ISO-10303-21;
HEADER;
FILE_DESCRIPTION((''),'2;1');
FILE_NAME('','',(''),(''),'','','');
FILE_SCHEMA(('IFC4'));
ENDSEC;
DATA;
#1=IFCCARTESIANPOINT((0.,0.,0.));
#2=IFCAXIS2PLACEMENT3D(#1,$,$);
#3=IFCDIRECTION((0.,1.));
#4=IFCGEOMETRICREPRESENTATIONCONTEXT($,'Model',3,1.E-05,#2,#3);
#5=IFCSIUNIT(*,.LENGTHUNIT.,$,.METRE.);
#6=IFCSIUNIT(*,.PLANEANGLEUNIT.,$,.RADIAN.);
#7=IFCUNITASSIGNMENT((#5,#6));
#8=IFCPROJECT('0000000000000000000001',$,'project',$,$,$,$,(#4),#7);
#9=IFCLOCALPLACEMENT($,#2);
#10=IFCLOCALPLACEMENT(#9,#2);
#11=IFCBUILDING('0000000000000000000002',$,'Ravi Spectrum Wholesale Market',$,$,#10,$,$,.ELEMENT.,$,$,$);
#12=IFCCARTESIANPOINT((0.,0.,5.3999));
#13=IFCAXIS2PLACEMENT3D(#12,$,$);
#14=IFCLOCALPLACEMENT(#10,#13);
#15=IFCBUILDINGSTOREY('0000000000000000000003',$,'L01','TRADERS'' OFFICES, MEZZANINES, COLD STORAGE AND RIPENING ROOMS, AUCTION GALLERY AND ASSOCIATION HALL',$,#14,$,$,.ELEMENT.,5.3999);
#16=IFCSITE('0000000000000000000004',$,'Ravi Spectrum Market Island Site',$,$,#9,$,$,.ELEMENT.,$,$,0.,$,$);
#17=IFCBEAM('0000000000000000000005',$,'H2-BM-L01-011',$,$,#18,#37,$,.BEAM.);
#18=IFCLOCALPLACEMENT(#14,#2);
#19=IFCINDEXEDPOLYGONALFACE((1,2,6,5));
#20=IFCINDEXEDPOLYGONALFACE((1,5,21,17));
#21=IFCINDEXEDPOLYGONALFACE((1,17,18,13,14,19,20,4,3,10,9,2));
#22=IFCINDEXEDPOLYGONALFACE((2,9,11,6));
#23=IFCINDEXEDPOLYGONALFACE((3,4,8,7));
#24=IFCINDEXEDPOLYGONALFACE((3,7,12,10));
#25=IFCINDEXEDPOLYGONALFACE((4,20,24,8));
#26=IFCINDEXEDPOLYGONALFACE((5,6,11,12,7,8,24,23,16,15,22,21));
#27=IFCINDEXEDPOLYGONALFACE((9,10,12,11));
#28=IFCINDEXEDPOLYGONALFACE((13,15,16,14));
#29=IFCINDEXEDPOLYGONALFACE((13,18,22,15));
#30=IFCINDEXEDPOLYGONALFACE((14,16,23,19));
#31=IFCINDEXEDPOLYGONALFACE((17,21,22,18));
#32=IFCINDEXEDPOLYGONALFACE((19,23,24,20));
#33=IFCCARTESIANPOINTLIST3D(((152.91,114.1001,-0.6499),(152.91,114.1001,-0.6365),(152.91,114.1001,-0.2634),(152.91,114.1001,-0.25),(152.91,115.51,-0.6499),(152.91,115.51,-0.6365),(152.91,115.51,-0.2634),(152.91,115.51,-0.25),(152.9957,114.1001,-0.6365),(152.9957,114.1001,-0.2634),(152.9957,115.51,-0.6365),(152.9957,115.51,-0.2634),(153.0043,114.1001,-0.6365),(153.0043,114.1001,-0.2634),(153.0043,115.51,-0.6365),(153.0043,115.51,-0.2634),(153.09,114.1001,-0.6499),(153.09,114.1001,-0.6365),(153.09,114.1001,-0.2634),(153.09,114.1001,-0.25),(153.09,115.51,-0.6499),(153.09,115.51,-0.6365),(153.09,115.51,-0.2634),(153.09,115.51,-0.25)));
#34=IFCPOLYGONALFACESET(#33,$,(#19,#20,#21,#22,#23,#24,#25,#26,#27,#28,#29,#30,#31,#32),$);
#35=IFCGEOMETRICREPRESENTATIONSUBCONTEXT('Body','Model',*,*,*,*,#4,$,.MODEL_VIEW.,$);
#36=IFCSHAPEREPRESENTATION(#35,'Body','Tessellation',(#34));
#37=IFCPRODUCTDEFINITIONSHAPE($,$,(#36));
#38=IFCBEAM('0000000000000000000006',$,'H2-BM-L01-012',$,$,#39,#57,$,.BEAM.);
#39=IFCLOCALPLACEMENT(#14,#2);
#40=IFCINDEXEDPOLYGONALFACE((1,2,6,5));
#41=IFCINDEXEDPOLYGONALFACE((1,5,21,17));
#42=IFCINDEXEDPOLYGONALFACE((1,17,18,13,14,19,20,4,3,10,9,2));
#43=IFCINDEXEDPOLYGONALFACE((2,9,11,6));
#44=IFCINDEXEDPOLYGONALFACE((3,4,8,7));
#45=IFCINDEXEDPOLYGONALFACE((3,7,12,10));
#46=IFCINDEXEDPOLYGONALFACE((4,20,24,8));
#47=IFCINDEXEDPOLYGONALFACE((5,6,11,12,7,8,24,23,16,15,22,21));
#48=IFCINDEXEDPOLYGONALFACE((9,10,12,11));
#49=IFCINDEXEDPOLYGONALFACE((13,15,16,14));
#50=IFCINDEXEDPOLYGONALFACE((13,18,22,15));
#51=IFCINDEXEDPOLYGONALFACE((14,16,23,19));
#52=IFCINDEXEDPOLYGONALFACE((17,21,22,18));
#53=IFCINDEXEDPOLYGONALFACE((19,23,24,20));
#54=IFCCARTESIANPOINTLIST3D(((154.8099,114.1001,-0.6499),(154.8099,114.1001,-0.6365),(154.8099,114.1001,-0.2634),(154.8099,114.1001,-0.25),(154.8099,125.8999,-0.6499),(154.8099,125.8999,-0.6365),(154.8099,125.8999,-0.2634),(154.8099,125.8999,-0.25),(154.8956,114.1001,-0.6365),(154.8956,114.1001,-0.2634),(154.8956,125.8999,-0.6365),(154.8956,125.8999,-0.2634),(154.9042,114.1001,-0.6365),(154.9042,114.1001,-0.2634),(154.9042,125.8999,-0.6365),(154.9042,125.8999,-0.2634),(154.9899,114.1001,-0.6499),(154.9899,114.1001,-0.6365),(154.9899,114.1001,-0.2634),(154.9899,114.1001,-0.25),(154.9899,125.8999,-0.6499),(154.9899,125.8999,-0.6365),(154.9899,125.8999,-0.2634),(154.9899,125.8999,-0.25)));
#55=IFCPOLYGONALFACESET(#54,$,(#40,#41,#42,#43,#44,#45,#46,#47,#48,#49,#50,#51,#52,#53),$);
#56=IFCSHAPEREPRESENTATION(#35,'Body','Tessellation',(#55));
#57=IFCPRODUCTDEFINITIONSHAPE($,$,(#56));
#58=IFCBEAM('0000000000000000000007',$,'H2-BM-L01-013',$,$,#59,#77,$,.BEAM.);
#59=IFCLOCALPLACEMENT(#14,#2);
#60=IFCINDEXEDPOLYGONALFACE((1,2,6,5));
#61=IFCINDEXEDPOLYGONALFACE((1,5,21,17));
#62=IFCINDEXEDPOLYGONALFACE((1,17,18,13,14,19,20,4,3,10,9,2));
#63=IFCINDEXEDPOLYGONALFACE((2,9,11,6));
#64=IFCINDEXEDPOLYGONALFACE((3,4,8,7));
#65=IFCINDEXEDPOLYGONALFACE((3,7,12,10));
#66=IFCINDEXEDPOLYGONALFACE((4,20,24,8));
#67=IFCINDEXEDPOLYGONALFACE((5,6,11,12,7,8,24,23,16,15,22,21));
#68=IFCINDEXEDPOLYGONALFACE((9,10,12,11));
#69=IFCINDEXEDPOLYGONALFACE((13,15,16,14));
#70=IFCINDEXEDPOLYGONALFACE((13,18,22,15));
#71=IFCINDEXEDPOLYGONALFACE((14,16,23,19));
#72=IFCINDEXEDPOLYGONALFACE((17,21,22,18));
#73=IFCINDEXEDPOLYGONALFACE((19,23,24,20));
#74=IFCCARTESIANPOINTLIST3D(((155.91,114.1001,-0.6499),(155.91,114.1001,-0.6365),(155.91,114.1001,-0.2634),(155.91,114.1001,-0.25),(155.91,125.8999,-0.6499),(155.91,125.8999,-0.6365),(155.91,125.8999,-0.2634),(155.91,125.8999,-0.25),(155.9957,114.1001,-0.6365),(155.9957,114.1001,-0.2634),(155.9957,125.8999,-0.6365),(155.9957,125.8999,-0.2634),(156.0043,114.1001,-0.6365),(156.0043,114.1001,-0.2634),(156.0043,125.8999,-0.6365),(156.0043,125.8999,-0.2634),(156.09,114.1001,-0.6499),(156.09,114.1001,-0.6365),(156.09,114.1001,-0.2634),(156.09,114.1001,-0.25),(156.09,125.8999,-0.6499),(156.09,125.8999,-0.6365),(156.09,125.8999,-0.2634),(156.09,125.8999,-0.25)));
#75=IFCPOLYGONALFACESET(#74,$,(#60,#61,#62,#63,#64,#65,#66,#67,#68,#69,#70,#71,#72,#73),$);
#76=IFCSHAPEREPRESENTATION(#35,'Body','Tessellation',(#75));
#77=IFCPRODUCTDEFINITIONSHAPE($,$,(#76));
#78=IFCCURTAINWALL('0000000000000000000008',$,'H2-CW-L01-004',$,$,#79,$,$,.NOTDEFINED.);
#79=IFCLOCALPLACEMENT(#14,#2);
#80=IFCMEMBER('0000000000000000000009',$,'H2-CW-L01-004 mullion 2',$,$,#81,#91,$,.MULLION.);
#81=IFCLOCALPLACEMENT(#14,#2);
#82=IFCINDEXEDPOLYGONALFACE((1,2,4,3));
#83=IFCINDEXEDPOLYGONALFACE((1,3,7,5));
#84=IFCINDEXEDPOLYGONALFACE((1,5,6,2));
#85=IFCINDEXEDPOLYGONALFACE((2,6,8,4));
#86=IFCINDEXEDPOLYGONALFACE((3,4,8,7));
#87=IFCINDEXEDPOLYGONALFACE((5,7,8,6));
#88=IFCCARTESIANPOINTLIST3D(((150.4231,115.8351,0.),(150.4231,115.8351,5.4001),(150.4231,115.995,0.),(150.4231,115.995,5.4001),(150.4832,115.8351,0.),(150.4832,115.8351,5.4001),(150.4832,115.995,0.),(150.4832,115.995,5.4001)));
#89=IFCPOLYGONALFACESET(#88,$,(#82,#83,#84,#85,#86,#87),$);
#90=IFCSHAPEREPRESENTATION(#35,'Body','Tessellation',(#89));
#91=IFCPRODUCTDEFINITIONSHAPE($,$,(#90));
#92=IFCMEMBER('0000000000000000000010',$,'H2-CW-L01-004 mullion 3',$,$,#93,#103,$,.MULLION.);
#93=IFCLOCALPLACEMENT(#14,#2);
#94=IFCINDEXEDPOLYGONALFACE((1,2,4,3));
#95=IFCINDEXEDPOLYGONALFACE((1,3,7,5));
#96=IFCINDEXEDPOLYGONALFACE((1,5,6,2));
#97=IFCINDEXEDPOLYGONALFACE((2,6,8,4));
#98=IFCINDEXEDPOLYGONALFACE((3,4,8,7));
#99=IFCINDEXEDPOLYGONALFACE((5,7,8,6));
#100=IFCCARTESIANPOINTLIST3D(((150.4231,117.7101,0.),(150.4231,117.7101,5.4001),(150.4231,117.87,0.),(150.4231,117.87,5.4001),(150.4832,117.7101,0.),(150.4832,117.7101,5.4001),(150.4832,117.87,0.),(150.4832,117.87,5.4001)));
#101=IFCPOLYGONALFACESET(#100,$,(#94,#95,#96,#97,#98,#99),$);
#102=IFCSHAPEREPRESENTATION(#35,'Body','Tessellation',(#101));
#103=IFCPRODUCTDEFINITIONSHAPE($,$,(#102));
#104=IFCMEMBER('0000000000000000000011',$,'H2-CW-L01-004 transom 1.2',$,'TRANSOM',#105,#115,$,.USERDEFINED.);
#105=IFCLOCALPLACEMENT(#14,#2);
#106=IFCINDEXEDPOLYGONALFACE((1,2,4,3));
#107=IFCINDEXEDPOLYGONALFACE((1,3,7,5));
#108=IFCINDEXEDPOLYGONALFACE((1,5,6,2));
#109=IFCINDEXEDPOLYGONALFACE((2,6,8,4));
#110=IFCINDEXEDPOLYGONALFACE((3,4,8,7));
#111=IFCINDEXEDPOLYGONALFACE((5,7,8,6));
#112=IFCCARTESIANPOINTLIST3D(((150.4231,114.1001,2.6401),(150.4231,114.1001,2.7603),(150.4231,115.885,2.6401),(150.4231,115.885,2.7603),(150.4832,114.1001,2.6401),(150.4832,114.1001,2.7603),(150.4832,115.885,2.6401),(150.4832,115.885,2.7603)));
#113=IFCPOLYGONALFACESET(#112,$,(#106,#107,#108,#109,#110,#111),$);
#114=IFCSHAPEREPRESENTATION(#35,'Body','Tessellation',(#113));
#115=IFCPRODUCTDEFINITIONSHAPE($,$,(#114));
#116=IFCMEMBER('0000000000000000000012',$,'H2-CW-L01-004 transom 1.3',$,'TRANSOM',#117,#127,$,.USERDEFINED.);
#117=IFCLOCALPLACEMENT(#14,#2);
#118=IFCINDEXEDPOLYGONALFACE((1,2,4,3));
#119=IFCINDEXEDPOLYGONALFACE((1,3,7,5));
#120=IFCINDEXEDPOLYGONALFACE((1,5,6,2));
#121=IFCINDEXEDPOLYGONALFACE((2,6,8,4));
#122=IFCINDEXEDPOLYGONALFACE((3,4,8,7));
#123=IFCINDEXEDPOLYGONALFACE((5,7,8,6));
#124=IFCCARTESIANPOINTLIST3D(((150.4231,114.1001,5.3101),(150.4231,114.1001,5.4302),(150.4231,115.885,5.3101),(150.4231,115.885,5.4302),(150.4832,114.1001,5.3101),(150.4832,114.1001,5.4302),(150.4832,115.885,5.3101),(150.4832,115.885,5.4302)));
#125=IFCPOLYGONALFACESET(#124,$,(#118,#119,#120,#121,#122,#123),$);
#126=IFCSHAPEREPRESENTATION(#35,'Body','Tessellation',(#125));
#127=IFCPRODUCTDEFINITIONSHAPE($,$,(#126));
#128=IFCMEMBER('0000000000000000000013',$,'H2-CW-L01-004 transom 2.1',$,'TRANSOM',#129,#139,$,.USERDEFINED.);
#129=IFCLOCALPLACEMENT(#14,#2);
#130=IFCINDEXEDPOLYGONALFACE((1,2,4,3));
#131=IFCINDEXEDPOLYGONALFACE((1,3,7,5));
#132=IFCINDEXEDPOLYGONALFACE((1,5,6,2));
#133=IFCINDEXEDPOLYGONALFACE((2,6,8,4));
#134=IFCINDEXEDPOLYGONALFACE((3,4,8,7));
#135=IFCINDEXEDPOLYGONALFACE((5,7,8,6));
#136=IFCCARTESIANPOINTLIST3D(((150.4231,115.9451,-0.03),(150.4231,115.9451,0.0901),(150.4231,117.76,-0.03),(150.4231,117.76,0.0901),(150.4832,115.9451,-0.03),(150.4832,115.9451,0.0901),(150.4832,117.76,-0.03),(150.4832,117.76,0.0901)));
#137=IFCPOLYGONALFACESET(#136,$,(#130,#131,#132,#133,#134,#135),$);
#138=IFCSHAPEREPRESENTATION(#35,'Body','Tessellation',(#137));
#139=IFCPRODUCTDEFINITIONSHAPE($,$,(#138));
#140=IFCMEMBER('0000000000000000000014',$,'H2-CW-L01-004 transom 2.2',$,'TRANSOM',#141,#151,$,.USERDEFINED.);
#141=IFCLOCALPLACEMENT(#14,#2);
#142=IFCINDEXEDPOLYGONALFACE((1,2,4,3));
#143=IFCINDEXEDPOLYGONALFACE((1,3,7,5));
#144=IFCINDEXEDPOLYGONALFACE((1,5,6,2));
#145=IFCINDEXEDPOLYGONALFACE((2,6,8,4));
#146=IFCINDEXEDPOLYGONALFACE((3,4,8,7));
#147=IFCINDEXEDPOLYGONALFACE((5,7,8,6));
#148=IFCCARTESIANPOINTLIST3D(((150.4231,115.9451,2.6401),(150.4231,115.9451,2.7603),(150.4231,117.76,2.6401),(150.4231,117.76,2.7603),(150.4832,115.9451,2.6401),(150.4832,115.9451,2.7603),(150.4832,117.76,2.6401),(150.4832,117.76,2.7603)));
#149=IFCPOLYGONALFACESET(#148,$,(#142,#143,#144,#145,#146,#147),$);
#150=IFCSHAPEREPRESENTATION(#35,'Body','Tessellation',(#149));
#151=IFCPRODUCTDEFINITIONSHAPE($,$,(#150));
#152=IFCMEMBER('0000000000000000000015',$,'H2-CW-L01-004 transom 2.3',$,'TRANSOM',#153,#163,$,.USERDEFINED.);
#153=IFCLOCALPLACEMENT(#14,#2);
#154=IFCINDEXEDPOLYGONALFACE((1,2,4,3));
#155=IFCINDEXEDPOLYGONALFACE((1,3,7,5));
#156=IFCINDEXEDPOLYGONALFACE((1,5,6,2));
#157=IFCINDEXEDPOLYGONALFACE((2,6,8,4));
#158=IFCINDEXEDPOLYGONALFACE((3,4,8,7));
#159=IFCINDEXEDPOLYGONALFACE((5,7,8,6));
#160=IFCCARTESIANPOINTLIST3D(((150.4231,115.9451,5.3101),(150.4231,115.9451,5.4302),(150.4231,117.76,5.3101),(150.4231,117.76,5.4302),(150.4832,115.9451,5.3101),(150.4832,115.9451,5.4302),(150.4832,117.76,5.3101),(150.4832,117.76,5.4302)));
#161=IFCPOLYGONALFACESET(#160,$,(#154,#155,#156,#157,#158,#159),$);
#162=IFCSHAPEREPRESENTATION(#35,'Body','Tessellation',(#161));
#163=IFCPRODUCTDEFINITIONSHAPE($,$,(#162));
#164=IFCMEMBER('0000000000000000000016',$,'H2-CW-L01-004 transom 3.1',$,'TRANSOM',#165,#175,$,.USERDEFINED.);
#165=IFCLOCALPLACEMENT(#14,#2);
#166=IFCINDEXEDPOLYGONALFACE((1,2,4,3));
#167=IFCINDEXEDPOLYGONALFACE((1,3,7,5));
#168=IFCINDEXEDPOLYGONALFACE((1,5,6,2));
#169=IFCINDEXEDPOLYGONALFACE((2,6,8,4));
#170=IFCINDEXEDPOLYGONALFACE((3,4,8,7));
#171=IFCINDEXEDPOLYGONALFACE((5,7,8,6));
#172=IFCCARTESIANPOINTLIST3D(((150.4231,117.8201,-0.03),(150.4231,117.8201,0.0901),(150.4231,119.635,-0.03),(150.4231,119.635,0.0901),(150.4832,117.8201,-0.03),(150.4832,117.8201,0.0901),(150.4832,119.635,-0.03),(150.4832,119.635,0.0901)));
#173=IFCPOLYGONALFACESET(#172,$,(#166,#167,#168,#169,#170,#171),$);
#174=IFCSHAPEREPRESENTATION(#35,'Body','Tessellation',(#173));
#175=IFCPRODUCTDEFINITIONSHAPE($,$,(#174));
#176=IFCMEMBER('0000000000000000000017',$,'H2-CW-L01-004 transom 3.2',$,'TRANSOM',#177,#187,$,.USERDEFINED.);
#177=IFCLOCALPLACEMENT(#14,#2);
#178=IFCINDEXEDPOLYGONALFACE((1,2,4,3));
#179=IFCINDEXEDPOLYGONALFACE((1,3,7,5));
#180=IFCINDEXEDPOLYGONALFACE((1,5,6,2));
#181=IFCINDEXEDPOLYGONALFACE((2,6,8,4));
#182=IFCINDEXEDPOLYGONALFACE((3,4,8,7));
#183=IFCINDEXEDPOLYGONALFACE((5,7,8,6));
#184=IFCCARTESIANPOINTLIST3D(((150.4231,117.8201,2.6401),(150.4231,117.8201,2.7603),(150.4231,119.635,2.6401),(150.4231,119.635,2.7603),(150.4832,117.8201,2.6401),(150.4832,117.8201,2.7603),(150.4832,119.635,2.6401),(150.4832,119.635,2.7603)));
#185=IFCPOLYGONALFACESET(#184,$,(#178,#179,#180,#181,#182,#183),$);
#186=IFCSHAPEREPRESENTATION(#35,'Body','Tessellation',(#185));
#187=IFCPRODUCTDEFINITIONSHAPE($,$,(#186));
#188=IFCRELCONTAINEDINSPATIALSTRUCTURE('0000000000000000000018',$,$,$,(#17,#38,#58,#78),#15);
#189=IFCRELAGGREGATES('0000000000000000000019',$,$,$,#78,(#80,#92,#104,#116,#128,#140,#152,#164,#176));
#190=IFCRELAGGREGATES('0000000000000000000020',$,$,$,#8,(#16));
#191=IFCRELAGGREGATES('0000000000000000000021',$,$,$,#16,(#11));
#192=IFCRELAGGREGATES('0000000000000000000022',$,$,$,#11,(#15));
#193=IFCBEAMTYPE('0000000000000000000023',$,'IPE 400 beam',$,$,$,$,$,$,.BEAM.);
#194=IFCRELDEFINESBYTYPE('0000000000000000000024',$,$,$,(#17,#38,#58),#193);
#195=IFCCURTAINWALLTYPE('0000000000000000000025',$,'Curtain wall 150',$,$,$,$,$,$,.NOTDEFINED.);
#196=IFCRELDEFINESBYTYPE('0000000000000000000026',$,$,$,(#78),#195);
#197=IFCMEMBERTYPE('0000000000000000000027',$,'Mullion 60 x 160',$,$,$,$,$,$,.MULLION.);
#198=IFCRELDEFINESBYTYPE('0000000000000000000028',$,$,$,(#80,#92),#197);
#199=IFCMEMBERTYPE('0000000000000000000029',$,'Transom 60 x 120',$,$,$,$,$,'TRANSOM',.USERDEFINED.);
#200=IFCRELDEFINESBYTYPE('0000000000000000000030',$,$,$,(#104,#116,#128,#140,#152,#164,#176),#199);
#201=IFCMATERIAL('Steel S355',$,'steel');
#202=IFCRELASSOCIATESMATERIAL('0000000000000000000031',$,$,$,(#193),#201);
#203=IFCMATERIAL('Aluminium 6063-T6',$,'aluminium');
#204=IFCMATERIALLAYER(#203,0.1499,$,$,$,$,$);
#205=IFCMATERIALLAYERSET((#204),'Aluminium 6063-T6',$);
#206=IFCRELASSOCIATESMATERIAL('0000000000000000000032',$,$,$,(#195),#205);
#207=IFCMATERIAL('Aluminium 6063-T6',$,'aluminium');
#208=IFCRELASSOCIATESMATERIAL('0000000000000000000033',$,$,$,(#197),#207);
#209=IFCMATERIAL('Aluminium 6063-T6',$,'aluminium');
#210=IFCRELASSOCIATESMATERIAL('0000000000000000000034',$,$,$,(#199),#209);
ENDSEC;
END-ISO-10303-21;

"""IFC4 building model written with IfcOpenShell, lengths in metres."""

from ifc_helpers import new_model, si_unit, direction, frame, origin, origin_2d, place, context, subcontext, project, spatial, rectangle, i_section, extrude, material, layer, layer_set, material_profile, profile_set, type_object, element, aggregate, save


model = new_model("IFC4")

# Units and contexts
model_context = context("Model", 3, precision=1e-05, world=origin(), true_north=direction((0.0, 1.0)))
body_context = subcontext(model_context, "Body", "Model", "MODEL_VIEW")
ifc_project = project(units=[si_unit("LENGTHUNIT", "METRE"), si_unit("PLANEANGLEUNIT", "RADIAN")], contexts=[model_context])

# Site, building, storey
site_placement = place(None, origin())
site = spatial("IfcSite", under=ifc_project, at=site_placement, Name="Ravi Spectrum Market Island Site", CompositionType="ELEMENT", RefElevation=0.0)
building_placement = place(site_placement, origin())
building = spatial("IfcBuilding", under=site, at=building_placement, Name="Ravi Spectrum Wholesale Market", CompositionType="ELEMENT")
storey_placement = place(building_placement, frame((0.0, 0.0, 5.3999)))
storey = spatial("IfcBuildingStorey", under=building, at=storey_placement, Name="L01", Description="TRADERS' OFFICES, MEZZANINES, COLD STORAGE AND RIPENING ROOMS, AUCTION GALLERY AND ASSOCIATION HALL", CompositionType="ELEMENT", Elevation=5.3999)

# Beams
ifc_material_1 = material(Name="Steel S355", Category="steel")
ifc_material_profile_1 = material_profile(ifc_material_1, i_section(OverallWidth=0.1799, OverallDepth=0.3999, WebThickness=0.0085, FlangeThickness=0.0134, at=origin_2d()))
ifc_profile_set_1 = profile_set([ifc_material_profile_1], Name="Steel S355")
beam_type = type_object("IfcBeamType", Name="IPE 400 beam", PredefinedType="BEAM", material=ifc_profile_set_1)
beam_placement = place(storey_placement, frame((153.0, 114.1001, -0.45), z_axis=(0.0, 1.0, 0.0), x_axis=(-1.0, 0.0, 0.0)))
element("IfcBeam", 1, at=beam_placement, inside=storey, type_object=beam_type, Name="H2-BM-L01-011", PredefinedType="BEAM", context=body_context, shape_type="SweptSolid", body=[
    extrude(i_section(OverallWidth=0.1799, OverallDepth=0.3999, WebThickness=0.0085, FlangeThickness=0.0134, at=origin_2d()), origin(), (0.0, 0.0, 1.0), 1.4099),
])
for number, where, z_axis, x_axis, name in (
    (2, (154.8999, 114.1001, -0.45), (0.0, 1.0, 0.0), (-1.0, 0.0, 0.0), "H2-BM-L01-012"),
    (3, (156.0, 114.1001, -0.45), (0.0, 1.0, 0.0), (-1.0, 0.0, 0.0), "H2-BM-L01-013"),
):
    element("IfcBeam", number, at=place(storey_placement, frame(where, z_axis=z_axis, x_axis=x_axis)), inside=storey, type_object=beam_type, Name=name, PredefinedType="BEAM", context=body_context, shape_type="SweptSolid", body=[
        extrude(i_section(OverallWidth=0.1799, OverallDepth=0.3999, WebThickness=0.0085, FlangeThickness=0.0134, at=origin_2d()), origin(), (0.0, 0.0, 1.0), 11.7998),
    ])

# Curtain wall, members
ifc_material_2 = material(Name="Aluminium 6063-T6", Category="aluminium")
ifc_layer_1 = layer(ifc_material_2, 0.1499)
ifc_layer_set_1 = layer_set([ifc_layer_1], Name="Aluminium 6063-T6")
curtain_wall_type = type_object("IfcCurtainWallType", Name="Curtain wall 150", PredefinedType="NOTDEFINED", material=ifc_layer_set_1)
curtain_wall_placement = place(storey_placement, origin())
curtain_wall = element("IfcCurtainWall", 4, at=curtain_wall_placement, inside=storey, type_object=curtain_wall_type, Name="H2-CW-L01-004", PredefinedType="NOTDEFINED")
ifc_material_3 = material(Name="Aluminium 6063-T6", Category="aluminium")
ifc_material_profile_2 = material_profile(ifc_material_3, rectangle(XDim=0.0601, YDim=0.1599, at=origin_2d()))
ifc_profile_set_2 = profile_set([ifc_material_profile_2], Name="Aluminium 6063-T6")
member_type_1 = type_object("IfcMemberType", Name="Mullion 60 x 160", PredefinedType="MULLION", material=ifc_profile_set_2)
member_1_placement = place(storey_placement, frame((150.4531, 115.915, 0.0), z_axis=(0.0, 0.0, 1.0), x_axis=(-1.0, 0.0, 0.0)))
member_1 = element("IfcMember", 5, at=member_1_placement, type_object=member_type_1, Name="H2-CW-L01-004 mullion 2", PredefinedType="MULLION", context=body_context, shape_type="SweptSolid", body=[
    extrude(rectangle(XDim=0.0601, YDim=0.1599, at=origin_2d()), origin(), (0.0, 0.0, 1.0), 5.4001),
])
member_2_placement = place(storey_placement, frame((150.4531, 117.79, 0.0), z_axis=(0.0, 0.0, 1.0), x_axis=(-1.0, 0.0, 0.0)))
member_2 = element("IfcMember", 6, at=member_2_placement, type_object=member_type_1, Name="H2-CW-L01-004 mullion 3", PredefinedType="MULLION", context=body_context, shape_type="SweptSolid", body=[
    extrude(rectangle(XDim=0.0601, YDim=0.1599, at=origin_2d()), origin(), (0.0, 0.0, 1.0), 5.4001),
])
ifc_material_4 = material(Name="Aluminium 6063-T6", Category="aluminium")
ifc_material_profile_3 = material_profile(ifc_material_4, rectangle(XDim=0.0601, YDim=0.1201, at=origin_2d()))
ifc_profile_set_3 = profile_set([ifc_material_profile_3], Name="Aluminium 6063-T6")
member_type_2 = type_object("IfcMemberType", Name="Transom 60 x 120", ElementType="TRANSOM", PredefinedType="USERDEFINED", material=ifc_profile_set_3)
member_3_placement = place(storey_placement, frame((150.4531, 114.1001, 2.7002), z_axis=(0.0, 1.0, 0.0), x_axis=(-1.0, 0.0, 0.0)))
member_3 = element("IfcMember", 7, at=member_3_placement, type_object=member_type_2, Name="H2-CW-L01-004 transom 1.2", ObjectType="TRANSOM", PredefinedType="USERDEFINED", context=body_context, shape_type="SweptSolid", body=[
    extrude(rectangle(XDim=0.0601, YDim=0.1201, at=origin_2d()), origin(), (0.0, 0.0, 1.0), 1.7849),
])
member_4_placement = place(storey_placement, frame((150.4531, 114.1001, 5.3701), z_axis=(0.0, 1.0, 0.0), x_axis=(-1.0, 0.0, 0.0)))
member_4 = element("IfcMember", 8, at=member_4_placement, type_object=member_type_2, Name="H2-CW-L01-004 transom 1.3", ObjectType="TRANSOM", PredefinedType="USERDEFINED", context=body_context, shape_type="SweptSolid", body=[
    extrude(rectangle(XDim=0.0601, YDim=0.1201, at=origin_2d()), origin(), (0.0, 0.0, 1.0), 1.7849),
])
member_5_placement = place(storey_placement, frame((150.4531, 115.9451, 0.03), z_axis=(0.0, 1.0, 0.0), x_axis=(-1.0, 0.0, 0.0)))
member_5 = element("IfcMember", 9, at=member_5_placement, type_object=member_type_2, Name="H2-CW-L01-004 transom 2.1", ObjectType="TRANSOM", PredefinedType="USERDEFINED", context=body_context, shape_type="SweptSolid", body=[
    extrude(rectangle(XDim=0.0601, YDim=0.1201, at=origin_2d()), origin(), (0.0, 0.0, 1.0), 1.8149),
])
member_6_placement = place(storey_placement, frame((150.4531, 115.9451, 2.7002), z_axis=(0.0, 1.0, 0.0), x_axis=(-1.0, 0.0, 0.0)))
member_6 = element("IfcMember", 10, at=member_6_placement, type_object=member_type_2, Name="H2-CW-L01-004 transom 2.2", ObjectType="TRANSOM", PredefinedType="USERDEFINED", context=body_context, shape_type="SweptSolid", body=[
    extrude(rectangle(XDim=0.0601, YDim=0.1201, at=origin_2d()), origin(), (0.0, 0.0, 1.0), 1.8149),
])
member_7_placement = place(storey_placement, frame((150.4531, 115.9451, 5.3701), z_axis=(0.0, 1.0, 0.0), x_axis=(-1.0, 0.0, 0.0)))
member_7 = element("IfcMember", 11, at=member_7_placement, type_object=member_type_2, Name="H2-CW-L01-004 transom 2.3", ObjectType="TRANSOM", PredefinedType="USERDEFINED", context=body_context, shape_type="SweptSolid", body=[
    extrude(rectangle(XDim=0.0601, YDim=0.1201, at=origin_2d()), origin(), (0.0, 0.0, 1.0), 1.8149),
])
member_8_placement = place(storey_placement, frame((150.4531, 117.8201, 0.03), z_axis=(0.0, 1.0, 0.0), x_axis=(-1.0, 0.0, 0.0)))
member_8 = element("IfcMember", 12, at=member_8_placement, type_object=member_type_2, Name="H2-CW-L01-004 transom 3.1", ObjectType="TRANSOM", PredefinedType="USERDEFINED", context=body_context, shape_type="SweptSolid", body=[
    extrude(rectangle(XDim=0.0601, YDim=0.1201, at=origin_2d()), origin(), (0.0, 0.0, 1.0), 1.8149),
])
member_9_placement = place(storey_placement, frame((150.4531, 117.8201, 2.7002), z_axis=(0.0, 1.0, 0.0), x_axis=(-1.0, 0.0, 0.0)))
member_9 = element("IfcMember", 13, at=member_9_placement, type_object=member_type_2, Name="H2-CW-L01-004 transom 3.2", ObjectType="TRANSOM", PredefinedType="USERDEFINED", context=body_context, shape_type="SweptSolid", body=[
    extrude(rectangle(XDim=0.0601, YDim=0.1201, at=origin_2d()), origin(), (0.0, 0.0, 1.0), 1.8149),
])
aggregate(curtain_wall, [member_1, member_2, member_3, member_4, member_5, member_6, member_7, member_8, member_9])

save(model, "model.ifc")
